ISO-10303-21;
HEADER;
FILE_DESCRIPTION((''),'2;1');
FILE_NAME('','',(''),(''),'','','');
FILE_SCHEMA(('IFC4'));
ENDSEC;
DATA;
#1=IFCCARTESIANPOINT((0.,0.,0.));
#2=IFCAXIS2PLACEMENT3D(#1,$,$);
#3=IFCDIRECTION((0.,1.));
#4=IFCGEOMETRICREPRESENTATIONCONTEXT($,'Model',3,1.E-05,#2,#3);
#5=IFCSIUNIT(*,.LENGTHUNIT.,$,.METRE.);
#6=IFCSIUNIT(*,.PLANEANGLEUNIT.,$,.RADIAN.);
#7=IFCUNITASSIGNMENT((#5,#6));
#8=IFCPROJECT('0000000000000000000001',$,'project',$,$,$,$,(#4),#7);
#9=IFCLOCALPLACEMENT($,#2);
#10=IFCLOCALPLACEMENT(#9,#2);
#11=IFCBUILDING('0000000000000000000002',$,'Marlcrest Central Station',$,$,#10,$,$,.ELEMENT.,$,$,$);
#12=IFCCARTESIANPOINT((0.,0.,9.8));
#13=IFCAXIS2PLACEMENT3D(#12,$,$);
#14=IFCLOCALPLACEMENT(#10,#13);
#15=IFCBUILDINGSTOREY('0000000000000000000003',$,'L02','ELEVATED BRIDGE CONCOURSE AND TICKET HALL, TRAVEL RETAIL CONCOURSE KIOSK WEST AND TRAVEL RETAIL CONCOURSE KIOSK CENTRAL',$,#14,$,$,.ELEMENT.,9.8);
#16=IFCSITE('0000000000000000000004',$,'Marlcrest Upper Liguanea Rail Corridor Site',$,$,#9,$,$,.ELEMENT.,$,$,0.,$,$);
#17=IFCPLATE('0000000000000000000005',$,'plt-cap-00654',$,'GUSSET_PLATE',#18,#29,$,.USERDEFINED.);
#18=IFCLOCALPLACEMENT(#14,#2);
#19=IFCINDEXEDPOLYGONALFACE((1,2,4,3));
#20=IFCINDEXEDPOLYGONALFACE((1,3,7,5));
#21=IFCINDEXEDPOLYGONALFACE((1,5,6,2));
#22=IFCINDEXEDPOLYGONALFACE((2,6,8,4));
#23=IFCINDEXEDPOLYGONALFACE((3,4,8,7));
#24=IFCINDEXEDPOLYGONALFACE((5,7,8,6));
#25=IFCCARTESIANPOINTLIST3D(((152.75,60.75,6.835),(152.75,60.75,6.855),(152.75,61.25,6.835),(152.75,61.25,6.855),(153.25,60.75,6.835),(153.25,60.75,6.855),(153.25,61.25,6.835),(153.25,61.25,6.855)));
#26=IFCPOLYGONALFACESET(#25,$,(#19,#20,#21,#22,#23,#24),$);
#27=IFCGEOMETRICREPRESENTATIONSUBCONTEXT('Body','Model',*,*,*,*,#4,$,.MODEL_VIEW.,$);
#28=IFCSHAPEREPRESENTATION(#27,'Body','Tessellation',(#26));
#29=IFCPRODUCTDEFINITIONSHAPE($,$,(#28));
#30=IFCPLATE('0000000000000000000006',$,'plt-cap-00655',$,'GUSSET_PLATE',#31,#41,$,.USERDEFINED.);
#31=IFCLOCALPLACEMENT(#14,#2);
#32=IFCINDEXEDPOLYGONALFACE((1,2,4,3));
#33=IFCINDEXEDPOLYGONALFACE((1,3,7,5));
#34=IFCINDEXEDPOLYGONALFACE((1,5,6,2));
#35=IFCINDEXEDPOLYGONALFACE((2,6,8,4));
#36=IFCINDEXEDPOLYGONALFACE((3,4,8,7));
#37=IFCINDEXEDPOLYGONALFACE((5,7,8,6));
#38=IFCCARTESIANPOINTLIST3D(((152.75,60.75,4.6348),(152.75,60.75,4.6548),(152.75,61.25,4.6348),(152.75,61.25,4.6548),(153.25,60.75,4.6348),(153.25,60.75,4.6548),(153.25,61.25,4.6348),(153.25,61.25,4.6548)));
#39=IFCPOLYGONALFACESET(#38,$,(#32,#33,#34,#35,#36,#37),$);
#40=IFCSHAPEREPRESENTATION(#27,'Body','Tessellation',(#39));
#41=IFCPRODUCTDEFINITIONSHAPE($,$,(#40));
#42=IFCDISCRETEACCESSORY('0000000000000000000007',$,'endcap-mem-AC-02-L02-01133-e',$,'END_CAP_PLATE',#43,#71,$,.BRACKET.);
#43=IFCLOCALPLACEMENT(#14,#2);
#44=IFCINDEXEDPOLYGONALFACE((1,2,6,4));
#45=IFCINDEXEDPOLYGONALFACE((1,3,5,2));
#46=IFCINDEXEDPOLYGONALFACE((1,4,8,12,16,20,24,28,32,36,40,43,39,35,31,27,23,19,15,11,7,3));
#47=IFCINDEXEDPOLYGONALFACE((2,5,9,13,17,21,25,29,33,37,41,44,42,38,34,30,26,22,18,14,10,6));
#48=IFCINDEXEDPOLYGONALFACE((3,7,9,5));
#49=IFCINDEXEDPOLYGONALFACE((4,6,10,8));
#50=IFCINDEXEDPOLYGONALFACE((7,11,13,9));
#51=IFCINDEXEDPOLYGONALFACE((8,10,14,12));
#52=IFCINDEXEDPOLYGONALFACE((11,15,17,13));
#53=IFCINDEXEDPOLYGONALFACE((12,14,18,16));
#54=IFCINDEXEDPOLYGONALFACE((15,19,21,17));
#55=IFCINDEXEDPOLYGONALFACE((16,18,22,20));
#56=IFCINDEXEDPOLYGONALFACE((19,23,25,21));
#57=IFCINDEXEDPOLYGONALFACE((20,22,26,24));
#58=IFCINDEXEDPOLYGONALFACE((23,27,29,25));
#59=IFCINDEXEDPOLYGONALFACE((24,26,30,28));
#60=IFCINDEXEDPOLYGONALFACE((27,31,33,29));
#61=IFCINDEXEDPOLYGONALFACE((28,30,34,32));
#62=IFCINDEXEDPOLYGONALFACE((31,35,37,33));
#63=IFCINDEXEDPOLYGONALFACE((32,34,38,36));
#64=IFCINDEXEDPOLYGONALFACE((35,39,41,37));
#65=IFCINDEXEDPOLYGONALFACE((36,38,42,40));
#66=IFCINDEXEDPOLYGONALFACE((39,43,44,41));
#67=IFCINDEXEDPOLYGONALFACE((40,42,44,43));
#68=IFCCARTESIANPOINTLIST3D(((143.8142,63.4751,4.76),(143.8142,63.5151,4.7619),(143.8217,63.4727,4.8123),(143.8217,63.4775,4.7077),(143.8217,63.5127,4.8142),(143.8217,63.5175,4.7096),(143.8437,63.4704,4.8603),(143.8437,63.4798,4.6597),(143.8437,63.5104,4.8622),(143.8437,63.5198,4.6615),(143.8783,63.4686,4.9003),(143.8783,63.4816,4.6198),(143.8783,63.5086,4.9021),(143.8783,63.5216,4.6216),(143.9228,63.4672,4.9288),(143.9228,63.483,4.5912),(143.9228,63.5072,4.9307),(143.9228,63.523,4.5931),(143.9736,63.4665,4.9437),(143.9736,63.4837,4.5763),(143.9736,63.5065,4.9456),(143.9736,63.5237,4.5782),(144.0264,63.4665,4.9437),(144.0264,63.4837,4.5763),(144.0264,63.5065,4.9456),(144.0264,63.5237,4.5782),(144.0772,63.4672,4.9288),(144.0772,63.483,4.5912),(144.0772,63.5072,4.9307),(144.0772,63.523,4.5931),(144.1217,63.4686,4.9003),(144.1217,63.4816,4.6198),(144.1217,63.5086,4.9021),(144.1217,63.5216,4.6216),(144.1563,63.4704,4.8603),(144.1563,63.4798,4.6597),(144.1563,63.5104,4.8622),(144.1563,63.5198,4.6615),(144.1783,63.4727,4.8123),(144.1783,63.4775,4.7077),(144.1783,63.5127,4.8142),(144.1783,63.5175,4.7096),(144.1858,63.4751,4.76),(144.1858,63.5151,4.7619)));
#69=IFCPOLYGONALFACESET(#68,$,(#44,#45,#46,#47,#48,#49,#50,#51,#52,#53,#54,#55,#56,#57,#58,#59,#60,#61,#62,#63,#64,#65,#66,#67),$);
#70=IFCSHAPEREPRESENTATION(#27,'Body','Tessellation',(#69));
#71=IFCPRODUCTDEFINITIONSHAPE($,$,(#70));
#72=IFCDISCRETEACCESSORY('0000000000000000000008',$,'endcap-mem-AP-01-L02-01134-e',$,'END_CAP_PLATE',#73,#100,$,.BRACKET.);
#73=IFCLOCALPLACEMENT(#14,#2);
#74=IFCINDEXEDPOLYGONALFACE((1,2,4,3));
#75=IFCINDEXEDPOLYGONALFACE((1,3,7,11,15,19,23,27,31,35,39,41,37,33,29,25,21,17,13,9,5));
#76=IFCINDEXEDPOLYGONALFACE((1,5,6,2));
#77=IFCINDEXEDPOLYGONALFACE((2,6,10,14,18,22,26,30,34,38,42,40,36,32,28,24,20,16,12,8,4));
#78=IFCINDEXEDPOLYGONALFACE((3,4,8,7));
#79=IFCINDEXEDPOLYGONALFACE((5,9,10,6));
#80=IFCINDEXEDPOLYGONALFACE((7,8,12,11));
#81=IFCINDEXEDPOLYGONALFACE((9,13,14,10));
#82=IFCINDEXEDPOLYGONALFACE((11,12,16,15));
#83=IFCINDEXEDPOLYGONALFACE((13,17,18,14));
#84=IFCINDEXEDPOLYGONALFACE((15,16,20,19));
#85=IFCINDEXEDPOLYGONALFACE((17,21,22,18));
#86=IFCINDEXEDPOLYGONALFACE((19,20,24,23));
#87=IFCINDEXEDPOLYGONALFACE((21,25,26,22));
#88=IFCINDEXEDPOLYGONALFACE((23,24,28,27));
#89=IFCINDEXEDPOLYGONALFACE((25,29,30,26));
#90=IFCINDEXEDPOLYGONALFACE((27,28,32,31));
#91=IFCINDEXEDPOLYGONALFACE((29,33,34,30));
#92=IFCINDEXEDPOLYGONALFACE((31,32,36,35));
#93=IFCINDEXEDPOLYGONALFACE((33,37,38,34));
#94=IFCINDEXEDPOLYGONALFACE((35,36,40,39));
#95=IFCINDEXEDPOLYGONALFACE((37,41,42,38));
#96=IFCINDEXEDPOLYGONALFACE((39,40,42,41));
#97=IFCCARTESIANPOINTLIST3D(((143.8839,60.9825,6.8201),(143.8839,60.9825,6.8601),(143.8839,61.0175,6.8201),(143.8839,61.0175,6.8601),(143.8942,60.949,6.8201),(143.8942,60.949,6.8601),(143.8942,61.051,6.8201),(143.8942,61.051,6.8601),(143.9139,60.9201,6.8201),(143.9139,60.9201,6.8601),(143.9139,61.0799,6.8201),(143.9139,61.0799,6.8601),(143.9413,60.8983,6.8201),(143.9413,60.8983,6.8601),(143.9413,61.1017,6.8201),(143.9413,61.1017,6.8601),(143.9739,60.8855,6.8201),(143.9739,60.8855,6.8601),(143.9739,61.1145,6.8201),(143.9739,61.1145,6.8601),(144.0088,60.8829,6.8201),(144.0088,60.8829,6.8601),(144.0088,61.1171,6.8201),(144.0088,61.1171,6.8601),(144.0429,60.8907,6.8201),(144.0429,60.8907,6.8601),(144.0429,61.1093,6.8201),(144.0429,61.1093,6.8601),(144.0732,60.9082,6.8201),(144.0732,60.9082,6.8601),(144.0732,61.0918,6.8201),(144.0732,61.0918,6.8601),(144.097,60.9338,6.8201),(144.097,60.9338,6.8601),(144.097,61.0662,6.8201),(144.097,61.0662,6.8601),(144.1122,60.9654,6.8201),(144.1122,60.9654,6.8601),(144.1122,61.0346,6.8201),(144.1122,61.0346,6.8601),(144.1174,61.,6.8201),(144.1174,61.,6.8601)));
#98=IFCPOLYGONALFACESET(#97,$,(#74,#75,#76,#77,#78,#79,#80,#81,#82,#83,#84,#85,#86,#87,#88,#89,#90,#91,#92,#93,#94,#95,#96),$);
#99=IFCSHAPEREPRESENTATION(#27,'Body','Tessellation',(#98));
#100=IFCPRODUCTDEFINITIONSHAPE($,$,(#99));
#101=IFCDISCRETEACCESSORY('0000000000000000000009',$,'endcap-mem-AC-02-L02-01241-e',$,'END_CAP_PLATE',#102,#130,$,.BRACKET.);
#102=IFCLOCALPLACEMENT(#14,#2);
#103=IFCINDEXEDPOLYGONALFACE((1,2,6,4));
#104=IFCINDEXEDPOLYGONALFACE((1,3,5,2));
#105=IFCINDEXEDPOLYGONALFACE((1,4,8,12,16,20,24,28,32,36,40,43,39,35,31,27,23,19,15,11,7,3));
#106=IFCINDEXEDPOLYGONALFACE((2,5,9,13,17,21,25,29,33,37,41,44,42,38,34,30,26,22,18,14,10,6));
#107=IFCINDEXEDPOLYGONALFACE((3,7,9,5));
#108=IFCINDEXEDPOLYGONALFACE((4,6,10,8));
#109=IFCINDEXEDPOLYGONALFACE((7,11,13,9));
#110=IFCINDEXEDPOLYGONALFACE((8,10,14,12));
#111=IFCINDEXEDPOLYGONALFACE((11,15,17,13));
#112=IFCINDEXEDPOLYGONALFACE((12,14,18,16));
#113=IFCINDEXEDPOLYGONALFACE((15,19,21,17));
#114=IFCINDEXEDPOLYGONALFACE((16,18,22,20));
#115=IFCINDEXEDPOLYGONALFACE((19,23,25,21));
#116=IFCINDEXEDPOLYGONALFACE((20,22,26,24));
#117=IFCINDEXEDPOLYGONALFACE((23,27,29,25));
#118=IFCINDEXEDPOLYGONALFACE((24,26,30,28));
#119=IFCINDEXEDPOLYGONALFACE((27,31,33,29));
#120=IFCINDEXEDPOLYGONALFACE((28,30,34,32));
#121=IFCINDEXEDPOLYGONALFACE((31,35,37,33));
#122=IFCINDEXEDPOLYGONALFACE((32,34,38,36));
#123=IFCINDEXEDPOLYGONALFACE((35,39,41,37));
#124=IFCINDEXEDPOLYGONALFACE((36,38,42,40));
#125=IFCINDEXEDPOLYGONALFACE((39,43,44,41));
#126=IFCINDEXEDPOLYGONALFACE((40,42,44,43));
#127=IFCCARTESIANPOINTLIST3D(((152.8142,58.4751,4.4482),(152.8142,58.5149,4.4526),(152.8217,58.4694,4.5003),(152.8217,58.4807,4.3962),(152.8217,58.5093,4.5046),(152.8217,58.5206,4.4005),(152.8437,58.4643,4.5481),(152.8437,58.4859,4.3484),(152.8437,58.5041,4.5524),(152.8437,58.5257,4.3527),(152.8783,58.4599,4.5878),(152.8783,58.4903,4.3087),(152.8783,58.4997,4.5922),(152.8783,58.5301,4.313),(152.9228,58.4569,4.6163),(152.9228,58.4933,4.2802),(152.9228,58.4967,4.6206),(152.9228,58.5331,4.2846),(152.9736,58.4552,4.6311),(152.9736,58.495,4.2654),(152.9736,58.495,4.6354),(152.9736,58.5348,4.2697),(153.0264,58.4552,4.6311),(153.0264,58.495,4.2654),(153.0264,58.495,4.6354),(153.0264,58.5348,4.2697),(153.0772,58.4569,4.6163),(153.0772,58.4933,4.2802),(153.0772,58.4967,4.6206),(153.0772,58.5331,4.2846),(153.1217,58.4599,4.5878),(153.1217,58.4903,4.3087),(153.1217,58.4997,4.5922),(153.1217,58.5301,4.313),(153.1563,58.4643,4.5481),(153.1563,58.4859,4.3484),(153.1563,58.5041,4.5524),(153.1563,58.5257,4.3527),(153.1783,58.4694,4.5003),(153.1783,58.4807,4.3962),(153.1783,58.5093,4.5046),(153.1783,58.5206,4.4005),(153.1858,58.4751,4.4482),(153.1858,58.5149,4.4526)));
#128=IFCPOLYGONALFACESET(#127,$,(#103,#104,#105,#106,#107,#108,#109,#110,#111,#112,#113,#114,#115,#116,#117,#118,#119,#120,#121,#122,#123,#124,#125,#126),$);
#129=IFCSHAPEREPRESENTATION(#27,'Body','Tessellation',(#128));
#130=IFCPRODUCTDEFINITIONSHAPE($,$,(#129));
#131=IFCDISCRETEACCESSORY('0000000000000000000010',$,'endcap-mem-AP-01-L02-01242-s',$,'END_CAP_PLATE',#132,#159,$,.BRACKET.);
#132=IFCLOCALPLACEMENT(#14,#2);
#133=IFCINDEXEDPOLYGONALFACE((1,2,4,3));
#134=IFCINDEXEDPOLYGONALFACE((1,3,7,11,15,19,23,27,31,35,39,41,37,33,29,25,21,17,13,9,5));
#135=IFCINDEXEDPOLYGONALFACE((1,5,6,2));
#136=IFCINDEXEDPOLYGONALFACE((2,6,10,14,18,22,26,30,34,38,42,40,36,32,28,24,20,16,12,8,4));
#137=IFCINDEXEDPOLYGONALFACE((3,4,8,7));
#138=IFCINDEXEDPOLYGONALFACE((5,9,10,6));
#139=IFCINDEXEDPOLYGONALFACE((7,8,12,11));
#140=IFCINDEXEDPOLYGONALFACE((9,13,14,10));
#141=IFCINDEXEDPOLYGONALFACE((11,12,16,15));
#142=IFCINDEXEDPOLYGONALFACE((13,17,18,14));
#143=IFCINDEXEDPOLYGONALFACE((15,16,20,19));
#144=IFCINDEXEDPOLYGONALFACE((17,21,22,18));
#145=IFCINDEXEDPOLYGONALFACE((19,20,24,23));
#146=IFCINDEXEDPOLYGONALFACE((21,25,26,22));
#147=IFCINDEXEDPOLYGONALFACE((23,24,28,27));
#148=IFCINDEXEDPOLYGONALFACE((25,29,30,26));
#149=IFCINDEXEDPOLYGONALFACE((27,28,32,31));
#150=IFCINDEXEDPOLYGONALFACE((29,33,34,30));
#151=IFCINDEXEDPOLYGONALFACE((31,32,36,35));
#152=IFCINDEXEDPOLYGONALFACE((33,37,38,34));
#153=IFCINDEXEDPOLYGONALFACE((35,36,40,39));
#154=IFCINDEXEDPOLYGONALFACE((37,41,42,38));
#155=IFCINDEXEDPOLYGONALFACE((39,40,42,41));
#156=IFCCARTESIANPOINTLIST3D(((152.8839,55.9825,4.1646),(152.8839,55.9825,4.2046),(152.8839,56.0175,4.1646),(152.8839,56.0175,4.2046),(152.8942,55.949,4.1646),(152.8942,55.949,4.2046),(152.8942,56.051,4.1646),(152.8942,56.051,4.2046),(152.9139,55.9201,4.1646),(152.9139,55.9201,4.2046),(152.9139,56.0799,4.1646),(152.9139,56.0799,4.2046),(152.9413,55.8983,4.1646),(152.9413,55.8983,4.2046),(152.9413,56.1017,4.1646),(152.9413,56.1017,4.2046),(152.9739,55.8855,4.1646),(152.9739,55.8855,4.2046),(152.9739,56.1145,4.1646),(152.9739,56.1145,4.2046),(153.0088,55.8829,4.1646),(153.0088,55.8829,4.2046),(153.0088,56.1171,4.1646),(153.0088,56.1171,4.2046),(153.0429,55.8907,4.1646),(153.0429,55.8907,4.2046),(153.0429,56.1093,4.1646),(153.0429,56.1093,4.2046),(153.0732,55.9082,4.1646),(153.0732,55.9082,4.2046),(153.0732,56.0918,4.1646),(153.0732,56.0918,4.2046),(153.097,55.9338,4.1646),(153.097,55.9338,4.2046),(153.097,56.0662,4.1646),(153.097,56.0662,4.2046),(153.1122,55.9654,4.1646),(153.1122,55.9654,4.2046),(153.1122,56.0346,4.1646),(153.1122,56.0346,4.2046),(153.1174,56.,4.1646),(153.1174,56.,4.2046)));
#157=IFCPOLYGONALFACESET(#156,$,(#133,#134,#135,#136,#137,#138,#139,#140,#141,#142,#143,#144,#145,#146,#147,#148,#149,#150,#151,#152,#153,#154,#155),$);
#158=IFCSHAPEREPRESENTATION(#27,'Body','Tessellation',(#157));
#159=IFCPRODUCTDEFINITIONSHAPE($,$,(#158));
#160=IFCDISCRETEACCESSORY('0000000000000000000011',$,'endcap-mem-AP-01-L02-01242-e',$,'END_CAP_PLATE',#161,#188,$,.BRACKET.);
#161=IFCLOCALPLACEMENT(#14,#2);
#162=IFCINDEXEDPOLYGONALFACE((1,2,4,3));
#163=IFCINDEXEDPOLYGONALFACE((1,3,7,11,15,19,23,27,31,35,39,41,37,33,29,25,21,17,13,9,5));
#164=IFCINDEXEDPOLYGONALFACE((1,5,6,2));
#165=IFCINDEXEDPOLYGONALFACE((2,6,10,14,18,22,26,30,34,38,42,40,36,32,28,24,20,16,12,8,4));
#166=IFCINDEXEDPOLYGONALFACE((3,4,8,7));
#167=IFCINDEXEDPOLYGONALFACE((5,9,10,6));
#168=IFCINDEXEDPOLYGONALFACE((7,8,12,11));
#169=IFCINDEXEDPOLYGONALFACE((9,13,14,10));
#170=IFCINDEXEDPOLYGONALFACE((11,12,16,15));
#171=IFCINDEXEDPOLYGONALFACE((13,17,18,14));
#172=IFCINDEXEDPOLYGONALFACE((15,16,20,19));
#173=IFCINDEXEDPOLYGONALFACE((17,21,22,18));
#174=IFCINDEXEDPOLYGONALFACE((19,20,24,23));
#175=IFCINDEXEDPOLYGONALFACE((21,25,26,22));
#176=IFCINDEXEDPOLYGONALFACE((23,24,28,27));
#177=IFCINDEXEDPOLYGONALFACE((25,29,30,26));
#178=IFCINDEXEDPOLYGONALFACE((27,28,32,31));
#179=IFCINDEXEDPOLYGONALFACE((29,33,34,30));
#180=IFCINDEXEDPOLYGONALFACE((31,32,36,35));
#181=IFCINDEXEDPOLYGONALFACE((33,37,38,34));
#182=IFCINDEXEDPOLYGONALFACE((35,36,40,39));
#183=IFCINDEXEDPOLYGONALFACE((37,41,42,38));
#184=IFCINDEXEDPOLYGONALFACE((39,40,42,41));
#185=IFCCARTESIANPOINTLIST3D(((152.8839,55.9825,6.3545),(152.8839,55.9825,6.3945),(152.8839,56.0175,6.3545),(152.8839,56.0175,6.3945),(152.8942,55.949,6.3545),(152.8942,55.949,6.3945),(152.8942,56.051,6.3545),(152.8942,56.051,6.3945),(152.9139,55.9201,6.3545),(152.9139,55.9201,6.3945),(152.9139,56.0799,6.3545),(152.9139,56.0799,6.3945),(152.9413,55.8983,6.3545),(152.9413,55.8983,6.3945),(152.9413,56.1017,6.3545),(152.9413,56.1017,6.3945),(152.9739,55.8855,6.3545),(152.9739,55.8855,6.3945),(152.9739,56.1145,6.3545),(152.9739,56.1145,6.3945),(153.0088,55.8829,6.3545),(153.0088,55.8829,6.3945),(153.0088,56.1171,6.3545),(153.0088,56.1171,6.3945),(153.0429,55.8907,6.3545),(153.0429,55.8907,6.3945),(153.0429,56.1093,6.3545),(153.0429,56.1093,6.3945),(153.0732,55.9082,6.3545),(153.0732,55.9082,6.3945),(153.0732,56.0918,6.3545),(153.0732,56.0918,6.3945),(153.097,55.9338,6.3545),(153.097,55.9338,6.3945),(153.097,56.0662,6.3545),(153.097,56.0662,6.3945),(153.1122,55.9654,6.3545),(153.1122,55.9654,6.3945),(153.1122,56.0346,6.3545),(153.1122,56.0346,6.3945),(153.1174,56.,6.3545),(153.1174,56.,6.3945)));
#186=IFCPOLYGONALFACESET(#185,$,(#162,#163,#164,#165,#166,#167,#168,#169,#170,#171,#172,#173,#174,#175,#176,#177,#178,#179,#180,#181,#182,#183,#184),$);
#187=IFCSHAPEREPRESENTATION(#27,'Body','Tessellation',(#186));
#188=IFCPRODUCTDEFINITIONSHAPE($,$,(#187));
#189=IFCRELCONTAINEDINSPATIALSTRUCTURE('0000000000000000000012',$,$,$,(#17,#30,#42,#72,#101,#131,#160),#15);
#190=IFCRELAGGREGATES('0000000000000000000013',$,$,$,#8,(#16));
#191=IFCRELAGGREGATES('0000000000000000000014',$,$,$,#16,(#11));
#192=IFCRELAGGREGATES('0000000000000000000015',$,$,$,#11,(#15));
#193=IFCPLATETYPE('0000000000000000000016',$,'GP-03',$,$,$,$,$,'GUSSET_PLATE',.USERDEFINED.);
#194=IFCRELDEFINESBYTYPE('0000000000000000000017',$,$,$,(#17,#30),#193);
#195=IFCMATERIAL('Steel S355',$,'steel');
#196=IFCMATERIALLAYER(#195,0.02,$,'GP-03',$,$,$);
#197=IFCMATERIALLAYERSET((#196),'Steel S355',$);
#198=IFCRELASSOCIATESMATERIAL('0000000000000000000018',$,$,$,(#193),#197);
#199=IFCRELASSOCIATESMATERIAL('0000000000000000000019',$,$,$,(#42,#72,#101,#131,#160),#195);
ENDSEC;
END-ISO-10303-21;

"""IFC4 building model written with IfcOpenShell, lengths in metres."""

from ifc_helpers import new_model, si_unit, direction, frame, origin, origin_2d, place, context, subcontext, project, spatial, rectangle, circle, extrude, material, layer, layer_set, type_object, element, save


model = new_model("IFC4")

# Units and contexts
model_context = context("Model", 3, precision=1e-05, world=origin(), true_north=direction((0.0, 1.0)))
body_context = subcontext(model_context, "Body", "Model", "MODEL_VIEW")
ifc_project = project(units=[si_unit("LENGTHUNIT", "METRE"), si_unit("PLANEANGLEUNIT", "RADIAN")], contexts=[model_context])

# Site, building, storey
site_placement = place(None, origin())
site = spatial("IfcSite", under=ifc_project, at=site_placement, Name="Marlcrest Upper Liguanea Rail Corridor Site", CompositionType="ELEMENT", RefElevation=0.0)
building_placement = place(site_placement, origin())
building = spatial("IfcBuilding", under=site, at=building_placement, Name="Marlcrest Central Station", CompositionType="ELEMENT")
storey_placement = place(building_placement, frame((0.0, 0.0, 9.8)))
storey = spatial("IfcBuildingStorey", under=building, at=storey_placement, Name="L02", Description="ELEVATED BRIDGE CONCOURSE AND TICKET HALL, TRAVEL RETAIL CONCOURSE KIOSK WEST AND TRAVEL RETAIL CONCOURSE KIOSK CENTRAL", CompositionType="ELEMENT", Elevation=9.8)

# Shared definitions
ifc_material = material(Name="Steel S355", Category="steel")

# Plates
ifc_layer = layer(ifc_material, 0.02, Name="GP-03")
ifc_layer_set = layer_set([ifc_layer], Name="Steel S355")
plate_type = type_object("IfcPlateType", Name="GP-03", ElementType="GUSSET_PLATE", PredefinedType="USERDEFINED", material=ifc_layer_set)
for number, where, z_axis, x_axis, name in (
    (1, (153.0, 61.0, 6.835), (0.0, 0.0, 1.0), (1.0, 0.0, 0.0), "plt-cap-00654"),
    (2, (153.0, 61.0, 4.6348), (0.0, 0.0, 1.0), (1.0, 0.0, 0.0), "plt-cap-00655"),
):
    element("IfcPlate", number, at=place(storey_placement, frame(where, z_axis=z_axis, x_axis=x_axis)), inside=storey, type_object=plate_type, Name=name, ObjectType="GUSSET_PLATE", PredefinedType="USERDEFINED", context=body_context, shape_type="SweptSolid", body=[
        extrude(rectangle(XDim=0.5, YDim=0.5, at=origin_2d()), origin(), (0.0, 0.0, 1.0), 0.02),
    ])

# Discrete accessories
discrete_accessory_1_placement = place(storey_placement, frame((144.0, 63.4751, 4.76), z_axis=(0.0, 0.998917, 0.046532), x_axis=(-1.0, 0.0, 0.0)))
element("IfcDiscreteAccessory", 3, at=discrete_accessory_1_placement, inside=storey, material=ifc_material, Name="endcap-mem-AC-02-L02-01133-e", ObjectType="END_CAP_PLATE", PredefinedType="BRACKET", context=body_context, shape_type="SweptSolid", body=[
    extrude(circle(Radius=0.1858, at=origin_2d()), origin(), (0.0, 0.0, 1.0), 0.04),
])
discrete_accessory_2_placement = place(storey_placement, frame((144.0, 61.0, 6.8201), z_axis=(0.0, 0.0, 1.0), x_axis=(1.0, 0.0, 0.0)))
element("IfcDiscreteAccessory", 4, at=discrete_accessory_2_placement, inside=storey, material=ifc_material, Name="endcap-mem-AP-01-L02-01134-e", ObjectType="END_CAP_PLATE", PredefinedType="BRACKET", context=body_context, shape_type="SweptSolid", body=[
    extrude(circle(Radius=0.1174, at=origin_2d()), origin(), (0.0, 0.0, 1.0), 0.04),
])
discrete_accessory_3_placement = place(storey_placement, frame((153.0, 58.4751, 4.4482), z_axis=(0.0, 0.994155, 0.107959), x_axis=(-1.0, 0.0, 0.0)))
element("IfcDiscreteAccessory", 5, at=discrete_accessory_3_placement, inside=storey, material=ifc_material, Name="endcap-mem-AC-02-L02-01241-e", ObjectType="END_CAP_PLATE", PredefinedType="BRACKET", context=body_context, shape_type="SweptSolid", body=[
    extrude(circle(Radius=0.1858, at=origin_2d()), origin(), (0.0, 0.0, 1.0), 0.04),
])
for number, where, z_axis, x_axis, name in (
    (6, (153.0, 56.0, 4.1646), (0.0, 0.0, 1.0), (1.0, 0.0, 0.0), "endcap-mem-AP-01-L02-01242-s"),
    (7, (153.0, 56.0, 6.3545), (0.0, 0.0, 1.0), (1.0, 0.0, 0.0), "endcap-mem-AP-01-L02-01242-e"),
):
    element("IfcDiscreteAccessory", number, at=place(storey_placement, frame(where, z_axis=z_axis, x_axis=x_axis)), inside=storey, material=ifc_material, Name=name, ObjectType="END_CAP_PLATE", PredefinedType="BRACKET", context=body_context, shape_type="SweptSolid", body=[
        extrude(circle(Radius=0.1174, at=origin_2d()), origin(), (0.0, 0.0, 1.0), 0.04),
    ])

save(model, "model.ifc")
